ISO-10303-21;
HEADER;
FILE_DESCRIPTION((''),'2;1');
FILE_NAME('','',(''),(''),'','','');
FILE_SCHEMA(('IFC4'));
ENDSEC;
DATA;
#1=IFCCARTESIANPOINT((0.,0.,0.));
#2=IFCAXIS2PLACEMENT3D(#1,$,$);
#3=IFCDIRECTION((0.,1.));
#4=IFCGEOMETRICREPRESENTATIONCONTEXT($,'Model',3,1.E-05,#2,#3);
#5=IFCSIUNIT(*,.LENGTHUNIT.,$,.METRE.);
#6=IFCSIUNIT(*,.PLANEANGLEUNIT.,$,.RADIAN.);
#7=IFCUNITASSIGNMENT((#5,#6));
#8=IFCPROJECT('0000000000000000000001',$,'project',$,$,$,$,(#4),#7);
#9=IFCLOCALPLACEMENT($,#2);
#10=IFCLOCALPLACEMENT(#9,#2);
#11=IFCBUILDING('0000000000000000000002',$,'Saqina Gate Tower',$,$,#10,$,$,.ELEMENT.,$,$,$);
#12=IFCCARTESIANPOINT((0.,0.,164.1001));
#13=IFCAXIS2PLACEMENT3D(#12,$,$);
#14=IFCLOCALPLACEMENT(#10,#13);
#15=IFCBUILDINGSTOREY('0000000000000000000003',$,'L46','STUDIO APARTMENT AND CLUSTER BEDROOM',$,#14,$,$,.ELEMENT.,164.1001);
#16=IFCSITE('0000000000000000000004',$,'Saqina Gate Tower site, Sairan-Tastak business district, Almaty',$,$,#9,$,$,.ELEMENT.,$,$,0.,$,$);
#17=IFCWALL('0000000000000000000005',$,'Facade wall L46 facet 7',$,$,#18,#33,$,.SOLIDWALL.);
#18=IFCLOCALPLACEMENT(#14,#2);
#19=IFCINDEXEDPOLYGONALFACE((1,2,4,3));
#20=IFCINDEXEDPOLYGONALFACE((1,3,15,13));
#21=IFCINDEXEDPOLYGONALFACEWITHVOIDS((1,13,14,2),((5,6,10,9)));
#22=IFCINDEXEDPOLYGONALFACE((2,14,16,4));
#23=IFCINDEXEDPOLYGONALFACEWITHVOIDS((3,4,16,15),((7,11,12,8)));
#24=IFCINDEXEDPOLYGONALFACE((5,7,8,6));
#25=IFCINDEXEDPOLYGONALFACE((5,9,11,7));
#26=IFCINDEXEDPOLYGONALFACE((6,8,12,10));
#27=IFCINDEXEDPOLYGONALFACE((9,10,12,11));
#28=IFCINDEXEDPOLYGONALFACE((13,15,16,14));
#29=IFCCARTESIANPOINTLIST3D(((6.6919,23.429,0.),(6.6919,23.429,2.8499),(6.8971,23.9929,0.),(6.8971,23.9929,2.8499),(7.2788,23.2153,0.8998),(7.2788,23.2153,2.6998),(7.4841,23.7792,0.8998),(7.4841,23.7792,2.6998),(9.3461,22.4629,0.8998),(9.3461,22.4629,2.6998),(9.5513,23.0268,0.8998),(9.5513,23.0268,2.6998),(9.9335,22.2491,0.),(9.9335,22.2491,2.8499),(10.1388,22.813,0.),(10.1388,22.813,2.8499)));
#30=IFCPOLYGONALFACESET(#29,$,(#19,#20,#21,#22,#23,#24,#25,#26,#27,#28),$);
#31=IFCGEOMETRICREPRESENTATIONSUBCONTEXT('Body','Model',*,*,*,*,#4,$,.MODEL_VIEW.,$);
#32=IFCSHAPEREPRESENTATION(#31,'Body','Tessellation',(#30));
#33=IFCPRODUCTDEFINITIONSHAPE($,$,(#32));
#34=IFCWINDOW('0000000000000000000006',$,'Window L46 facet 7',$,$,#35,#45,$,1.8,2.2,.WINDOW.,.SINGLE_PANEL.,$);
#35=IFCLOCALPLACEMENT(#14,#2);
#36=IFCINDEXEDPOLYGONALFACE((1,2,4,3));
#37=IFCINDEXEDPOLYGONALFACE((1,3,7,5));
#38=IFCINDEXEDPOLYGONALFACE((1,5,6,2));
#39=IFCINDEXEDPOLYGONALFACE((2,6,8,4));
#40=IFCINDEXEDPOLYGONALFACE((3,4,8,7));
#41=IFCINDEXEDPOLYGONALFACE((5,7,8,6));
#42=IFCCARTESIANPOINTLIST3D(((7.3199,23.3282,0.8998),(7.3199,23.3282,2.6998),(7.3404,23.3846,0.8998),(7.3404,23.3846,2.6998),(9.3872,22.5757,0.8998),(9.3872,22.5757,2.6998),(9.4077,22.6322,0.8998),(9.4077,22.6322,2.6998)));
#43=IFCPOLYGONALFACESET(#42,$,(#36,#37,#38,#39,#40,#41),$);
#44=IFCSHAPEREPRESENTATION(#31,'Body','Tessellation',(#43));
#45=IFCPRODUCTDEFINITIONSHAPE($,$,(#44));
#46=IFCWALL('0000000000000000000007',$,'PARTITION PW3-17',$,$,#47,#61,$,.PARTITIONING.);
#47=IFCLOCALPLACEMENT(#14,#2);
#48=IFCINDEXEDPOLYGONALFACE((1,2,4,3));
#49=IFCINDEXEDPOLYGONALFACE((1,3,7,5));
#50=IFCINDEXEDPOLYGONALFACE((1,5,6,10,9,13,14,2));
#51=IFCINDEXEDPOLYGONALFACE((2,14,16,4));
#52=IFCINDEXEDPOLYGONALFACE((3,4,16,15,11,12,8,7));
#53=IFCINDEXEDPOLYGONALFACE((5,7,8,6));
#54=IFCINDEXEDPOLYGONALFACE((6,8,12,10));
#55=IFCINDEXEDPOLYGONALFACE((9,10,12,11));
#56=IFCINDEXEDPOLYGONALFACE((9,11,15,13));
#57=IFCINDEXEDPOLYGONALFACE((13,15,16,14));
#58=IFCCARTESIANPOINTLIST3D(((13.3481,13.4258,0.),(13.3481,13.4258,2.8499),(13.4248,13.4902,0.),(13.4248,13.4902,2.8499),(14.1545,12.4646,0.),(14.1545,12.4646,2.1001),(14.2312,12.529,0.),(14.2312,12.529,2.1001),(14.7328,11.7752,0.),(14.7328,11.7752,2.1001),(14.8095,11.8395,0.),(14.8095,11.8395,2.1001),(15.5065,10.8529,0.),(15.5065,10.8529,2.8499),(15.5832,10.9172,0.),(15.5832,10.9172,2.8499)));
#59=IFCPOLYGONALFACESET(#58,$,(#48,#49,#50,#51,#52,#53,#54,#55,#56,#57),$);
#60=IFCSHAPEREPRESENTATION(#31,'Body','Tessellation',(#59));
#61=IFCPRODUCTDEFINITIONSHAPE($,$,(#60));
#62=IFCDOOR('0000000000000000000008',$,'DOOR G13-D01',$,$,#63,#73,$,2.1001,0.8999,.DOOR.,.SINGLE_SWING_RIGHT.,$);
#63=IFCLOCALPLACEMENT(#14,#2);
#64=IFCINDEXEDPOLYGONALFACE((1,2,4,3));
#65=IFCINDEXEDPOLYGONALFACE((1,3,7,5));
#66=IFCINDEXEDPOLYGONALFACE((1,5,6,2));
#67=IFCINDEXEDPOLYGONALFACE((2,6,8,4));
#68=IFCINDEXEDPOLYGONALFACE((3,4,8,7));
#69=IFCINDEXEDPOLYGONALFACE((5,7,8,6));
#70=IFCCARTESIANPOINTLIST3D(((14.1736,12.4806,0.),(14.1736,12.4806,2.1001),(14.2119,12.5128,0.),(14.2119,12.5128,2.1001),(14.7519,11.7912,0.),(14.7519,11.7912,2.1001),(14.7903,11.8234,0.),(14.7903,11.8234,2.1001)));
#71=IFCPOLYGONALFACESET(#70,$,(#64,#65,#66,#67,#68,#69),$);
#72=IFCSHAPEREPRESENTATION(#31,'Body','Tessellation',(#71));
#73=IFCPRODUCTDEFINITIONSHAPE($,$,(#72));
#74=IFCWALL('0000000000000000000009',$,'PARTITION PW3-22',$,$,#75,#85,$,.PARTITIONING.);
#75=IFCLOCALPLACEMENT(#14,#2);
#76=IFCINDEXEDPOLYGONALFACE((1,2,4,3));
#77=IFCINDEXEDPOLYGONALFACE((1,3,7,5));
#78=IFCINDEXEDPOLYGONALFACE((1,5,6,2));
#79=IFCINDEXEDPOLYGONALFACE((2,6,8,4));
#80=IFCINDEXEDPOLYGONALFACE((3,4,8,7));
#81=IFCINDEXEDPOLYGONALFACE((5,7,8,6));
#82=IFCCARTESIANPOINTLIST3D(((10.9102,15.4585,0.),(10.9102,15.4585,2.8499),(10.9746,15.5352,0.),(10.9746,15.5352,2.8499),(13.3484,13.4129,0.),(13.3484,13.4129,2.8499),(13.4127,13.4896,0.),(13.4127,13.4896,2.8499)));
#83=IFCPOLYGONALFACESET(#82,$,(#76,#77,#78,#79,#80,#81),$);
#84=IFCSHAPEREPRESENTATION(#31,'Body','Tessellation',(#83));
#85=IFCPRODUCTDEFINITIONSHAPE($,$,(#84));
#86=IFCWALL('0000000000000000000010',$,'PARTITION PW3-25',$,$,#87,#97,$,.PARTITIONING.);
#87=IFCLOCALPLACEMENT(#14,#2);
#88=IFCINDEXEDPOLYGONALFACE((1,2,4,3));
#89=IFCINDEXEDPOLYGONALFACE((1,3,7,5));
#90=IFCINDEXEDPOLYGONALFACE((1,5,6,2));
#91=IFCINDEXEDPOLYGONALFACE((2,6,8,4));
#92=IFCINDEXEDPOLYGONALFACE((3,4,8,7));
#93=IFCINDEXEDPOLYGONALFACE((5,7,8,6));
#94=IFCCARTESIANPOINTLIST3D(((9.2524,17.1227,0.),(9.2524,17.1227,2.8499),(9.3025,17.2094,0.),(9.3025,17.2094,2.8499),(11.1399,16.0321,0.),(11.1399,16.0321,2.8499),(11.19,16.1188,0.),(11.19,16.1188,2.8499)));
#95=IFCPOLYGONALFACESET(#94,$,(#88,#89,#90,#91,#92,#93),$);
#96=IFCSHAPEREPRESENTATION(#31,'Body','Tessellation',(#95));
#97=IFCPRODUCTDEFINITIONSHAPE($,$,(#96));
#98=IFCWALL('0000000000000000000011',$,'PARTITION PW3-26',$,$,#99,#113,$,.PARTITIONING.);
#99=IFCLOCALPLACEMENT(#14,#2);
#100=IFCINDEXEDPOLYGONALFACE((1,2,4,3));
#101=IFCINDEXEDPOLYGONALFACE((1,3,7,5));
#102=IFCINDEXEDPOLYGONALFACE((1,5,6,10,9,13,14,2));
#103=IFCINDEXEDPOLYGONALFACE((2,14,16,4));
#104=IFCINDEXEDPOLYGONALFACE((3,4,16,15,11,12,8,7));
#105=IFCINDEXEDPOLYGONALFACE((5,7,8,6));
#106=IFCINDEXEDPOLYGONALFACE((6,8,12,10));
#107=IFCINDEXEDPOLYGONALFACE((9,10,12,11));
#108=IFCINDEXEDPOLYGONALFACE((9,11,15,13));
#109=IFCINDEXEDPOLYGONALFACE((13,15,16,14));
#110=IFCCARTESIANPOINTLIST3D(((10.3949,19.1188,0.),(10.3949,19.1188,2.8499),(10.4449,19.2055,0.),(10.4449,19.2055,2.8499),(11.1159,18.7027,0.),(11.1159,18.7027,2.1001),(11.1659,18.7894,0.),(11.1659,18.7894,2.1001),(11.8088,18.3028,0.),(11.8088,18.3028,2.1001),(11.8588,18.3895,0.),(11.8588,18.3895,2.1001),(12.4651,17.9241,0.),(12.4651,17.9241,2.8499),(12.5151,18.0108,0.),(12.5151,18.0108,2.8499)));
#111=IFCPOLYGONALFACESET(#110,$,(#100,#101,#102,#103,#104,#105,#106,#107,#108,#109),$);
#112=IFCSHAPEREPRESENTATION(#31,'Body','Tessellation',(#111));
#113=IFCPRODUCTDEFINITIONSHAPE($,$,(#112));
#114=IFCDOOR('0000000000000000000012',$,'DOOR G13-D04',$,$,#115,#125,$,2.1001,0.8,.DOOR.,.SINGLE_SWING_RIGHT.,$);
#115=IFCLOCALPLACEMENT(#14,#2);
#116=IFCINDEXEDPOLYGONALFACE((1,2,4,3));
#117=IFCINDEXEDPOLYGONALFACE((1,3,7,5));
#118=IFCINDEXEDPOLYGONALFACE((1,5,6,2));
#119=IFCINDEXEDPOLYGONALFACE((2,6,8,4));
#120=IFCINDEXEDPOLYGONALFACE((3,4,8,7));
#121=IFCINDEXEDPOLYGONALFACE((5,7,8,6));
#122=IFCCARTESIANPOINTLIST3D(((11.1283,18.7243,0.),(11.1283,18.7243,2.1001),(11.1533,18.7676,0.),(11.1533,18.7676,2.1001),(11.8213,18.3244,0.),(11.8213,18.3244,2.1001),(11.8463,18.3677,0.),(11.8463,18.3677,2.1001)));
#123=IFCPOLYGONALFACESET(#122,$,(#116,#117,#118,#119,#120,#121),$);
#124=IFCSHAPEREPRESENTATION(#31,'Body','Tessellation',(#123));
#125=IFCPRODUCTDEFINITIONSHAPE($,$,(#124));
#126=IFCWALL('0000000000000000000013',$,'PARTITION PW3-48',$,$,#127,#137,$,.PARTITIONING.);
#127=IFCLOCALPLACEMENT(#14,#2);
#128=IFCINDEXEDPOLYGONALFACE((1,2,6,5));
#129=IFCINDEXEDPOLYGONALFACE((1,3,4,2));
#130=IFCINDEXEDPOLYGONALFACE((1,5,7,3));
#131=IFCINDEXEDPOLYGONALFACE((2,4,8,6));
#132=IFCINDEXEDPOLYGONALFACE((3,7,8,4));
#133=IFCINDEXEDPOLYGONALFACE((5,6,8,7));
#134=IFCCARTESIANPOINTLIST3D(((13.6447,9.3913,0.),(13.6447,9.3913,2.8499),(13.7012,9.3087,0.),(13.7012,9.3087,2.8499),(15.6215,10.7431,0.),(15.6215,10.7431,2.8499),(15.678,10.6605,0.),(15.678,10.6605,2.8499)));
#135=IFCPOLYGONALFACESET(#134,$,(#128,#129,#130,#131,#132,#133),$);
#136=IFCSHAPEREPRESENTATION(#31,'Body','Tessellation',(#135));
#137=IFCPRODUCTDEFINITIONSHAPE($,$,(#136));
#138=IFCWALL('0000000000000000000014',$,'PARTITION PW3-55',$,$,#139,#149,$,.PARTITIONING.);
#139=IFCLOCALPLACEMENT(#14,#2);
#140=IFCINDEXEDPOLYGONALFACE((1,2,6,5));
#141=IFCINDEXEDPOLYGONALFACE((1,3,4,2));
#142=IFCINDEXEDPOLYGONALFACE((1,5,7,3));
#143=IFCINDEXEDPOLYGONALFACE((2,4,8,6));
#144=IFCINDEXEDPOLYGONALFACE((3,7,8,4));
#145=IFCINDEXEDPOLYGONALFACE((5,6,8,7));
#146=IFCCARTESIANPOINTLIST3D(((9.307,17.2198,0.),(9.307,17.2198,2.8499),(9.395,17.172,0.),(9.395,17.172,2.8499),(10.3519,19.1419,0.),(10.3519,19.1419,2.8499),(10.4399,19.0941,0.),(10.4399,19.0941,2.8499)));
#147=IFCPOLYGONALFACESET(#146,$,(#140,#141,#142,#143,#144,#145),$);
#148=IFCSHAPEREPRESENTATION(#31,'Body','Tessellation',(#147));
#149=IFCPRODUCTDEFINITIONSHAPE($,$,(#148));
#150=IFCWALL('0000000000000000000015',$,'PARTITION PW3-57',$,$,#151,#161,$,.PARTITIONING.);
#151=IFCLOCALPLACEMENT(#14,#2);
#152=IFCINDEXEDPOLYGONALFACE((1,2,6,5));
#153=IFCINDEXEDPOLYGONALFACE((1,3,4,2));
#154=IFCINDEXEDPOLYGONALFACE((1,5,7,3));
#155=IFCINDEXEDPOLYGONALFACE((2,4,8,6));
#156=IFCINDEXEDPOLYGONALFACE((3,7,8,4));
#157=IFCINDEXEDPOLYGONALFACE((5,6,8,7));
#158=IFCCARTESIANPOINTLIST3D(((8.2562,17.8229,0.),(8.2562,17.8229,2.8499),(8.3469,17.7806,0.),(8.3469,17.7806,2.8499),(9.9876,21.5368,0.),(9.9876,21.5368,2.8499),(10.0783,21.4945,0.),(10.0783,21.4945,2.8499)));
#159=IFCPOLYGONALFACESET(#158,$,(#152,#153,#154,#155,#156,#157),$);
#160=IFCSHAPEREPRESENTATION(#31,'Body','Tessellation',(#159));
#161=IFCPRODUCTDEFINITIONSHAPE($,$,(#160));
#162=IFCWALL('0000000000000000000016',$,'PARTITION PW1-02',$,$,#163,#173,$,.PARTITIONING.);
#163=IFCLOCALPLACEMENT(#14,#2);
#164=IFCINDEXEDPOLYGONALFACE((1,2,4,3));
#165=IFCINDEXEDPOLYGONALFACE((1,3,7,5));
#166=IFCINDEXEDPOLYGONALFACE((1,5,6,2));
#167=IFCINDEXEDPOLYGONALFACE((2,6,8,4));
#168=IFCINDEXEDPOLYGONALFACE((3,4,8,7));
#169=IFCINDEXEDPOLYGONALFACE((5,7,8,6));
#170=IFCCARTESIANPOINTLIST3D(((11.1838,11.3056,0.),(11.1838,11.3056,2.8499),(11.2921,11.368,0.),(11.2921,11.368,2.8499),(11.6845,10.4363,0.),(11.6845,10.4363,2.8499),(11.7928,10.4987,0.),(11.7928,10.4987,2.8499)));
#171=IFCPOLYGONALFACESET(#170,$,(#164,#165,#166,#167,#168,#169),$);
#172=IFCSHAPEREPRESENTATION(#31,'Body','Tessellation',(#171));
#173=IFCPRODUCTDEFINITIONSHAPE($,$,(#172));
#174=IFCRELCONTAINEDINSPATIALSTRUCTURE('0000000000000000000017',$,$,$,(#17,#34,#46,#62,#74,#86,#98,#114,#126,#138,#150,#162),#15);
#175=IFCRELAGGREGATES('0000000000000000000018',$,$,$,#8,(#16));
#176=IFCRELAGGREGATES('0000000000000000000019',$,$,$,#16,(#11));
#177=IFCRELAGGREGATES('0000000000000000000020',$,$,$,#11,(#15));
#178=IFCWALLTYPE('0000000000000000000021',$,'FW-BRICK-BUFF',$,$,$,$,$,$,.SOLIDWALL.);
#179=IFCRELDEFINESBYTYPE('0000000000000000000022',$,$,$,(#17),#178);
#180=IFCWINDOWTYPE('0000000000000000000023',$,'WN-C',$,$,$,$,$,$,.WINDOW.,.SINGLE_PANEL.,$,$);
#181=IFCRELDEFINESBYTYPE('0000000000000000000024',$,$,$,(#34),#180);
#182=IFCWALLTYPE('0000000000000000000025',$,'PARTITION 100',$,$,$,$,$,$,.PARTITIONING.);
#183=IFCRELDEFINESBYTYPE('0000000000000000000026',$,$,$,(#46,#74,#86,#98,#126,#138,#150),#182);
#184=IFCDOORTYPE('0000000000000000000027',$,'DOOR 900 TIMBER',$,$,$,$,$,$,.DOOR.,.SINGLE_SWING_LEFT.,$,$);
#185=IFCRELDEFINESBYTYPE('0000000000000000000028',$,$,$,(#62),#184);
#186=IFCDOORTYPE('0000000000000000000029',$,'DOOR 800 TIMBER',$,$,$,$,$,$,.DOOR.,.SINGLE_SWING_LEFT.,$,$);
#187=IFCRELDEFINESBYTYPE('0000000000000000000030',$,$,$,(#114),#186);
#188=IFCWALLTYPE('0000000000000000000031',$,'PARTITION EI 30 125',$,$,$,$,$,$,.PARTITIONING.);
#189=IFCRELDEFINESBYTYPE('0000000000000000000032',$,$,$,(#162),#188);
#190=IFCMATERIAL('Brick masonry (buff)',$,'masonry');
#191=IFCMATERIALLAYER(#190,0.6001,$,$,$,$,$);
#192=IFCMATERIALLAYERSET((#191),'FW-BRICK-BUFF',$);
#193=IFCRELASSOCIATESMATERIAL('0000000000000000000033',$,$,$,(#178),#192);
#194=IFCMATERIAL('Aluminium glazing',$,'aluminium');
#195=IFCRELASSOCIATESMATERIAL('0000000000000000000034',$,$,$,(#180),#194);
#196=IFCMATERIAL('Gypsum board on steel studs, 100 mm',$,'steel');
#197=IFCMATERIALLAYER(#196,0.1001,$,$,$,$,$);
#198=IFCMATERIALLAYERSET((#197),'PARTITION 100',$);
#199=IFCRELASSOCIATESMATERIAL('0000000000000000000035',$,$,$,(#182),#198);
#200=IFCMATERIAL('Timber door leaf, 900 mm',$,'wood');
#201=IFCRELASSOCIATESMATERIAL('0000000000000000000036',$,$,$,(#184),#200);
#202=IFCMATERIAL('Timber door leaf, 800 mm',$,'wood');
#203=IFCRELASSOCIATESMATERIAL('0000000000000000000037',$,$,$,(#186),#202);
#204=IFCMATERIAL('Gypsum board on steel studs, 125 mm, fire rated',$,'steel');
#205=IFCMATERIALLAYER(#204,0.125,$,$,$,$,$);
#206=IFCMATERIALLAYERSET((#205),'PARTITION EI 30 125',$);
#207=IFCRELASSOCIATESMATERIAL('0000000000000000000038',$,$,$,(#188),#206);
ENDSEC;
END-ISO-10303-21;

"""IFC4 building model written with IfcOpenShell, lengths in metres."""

from ifc_helpers import new_model, si_unit, direction, frame, frame_2d, origin, place, context, subcontext, project, spatial, rectangle, extrude, material, layer, layer_set, type_object, element, fill, save


model = new_model("IFC4")

# Units and contexts
model_context = context("Model", 3, precision=1e-05, world=origin(), true_north=direction((0.0, 1.0)))
body_context = subcontext(model_context, "Body", "Model", "MODEL_VIEW")
ifc_project = project(units=[si_unit("LENGTHUNIT", "METRE"), si_unit("PLANEANGLEUNIT", "RADIAN")], contexts=[model_context])

# Site, building, storey
site_placement = place(None, origin())
site = spatial("IfcSite", under=ifc_project, at=site_placement, Name="Saqina Gate Tower site, Sairan-Tastak business district, Almaty", CompositionType="ELEMENT", RefElevation=0.0)
building_placement = place(site_placement, origin())
building = spatial("IfcBuilding", under=site, at=building_placement, Name="Saqina Gate Tower", CompositionType="ELEMENT")
storey_placement = place(building_placement, frame((0.0, 0.0, 164.1001)))
storey = spatial("IfcBuildingStorey", under=building, at=storey_placement, Name="L46", Description="STUDIO APARTMENT AND CLUSTER BEDROOM", CompositionType="ELEMENT", Elevation=164.1001)

# Wall, opening, window
ifc_material_1 = material(Name="Brick masonry (buff)", Category="masonry")
ifc_layer_1 = layer(ifc_material_1, 0.6001)
ifc_layer_set_1 = layer_set([ifc_layer_1], Name="FW-BRICK-BUFF")
wall_type_1 = type_object("IfcWallType", Name="FW-BRICK-BUFF", PredefinedType="SOLIDWALL", material=ifc_layer_set_1)
ifc_material_2 = material(Name="Aluminium glazing", Category="aluminium")
window_type = type_object("IfcWindowType", Name="WN-C", PartitioningType="SINGLE_PANEL", PredefinedType="WINDOW", material=ifc_material_2)
wall_1_placement = place(storey_placement, frame((10.0361, 22.531, 0.0), z_axis=(0.0, 0.0, 1.0), x_axis=(-0.939688, 0.342033, 0.0)))
wall_1 = element("IfcWall", 1, at=wall_1_placement, inside=storey, type_object=wall_type_1, Name="Facade wall L46 facet 7", PredefinedType="SOLIDWALL", context=body_context, shape_type="SweptSolid", body=[
    extrude(rectangle(XDim=3.4497, YDim=0.6001, at=frame_2d((1.7249, 0.0))), origin(), (0.0, 0.0, 1.0), 2.8499),
])
opening_1_placement = place(wall_1_placement, frame((0.625, 0.0, 0.8999)))
opening_1 = element("IfcOpeningElement", 2, at=opening_1_placement, cuts=wall_1, PredefinedType="OPENING", context=body_context, shape_type="SweptSolid", body=[
    extrude(rectangle(XDim=2.2, YDim=1.8, at=frame_2d((1.1001, 0.8999))), frame((0.0, 0.312, 0.0), z_axis=(0.0, -1.0, 0.0), x_axis=(1.0, 0.0, 0.0)), (0.0, 0.0, 1.0), 0.624),
])
window_1_placement = place(opening_1_placement, origin())
window_1 = element("IfcWindow", 3, at=window_1_placement, inside=storey, type_object=window_type, Name="Window L46 facet 7", OverallHeight=1.8, OverallWidth=2.2, PartitioningType="SINGLE_PANEL", PredefinedType="WINDOW", context=body_context, shape_type="SweptSolid", body=[
    extrude(rectangle(XDim=2.2, YDim=1.8, at=frame_2d((1.1001, 0.8999))), frame((0.0, 0.1799, 0.0), z_axis=(0.0, -1.0, 0.0), x_axis=(1.0, 0.0, 0.0)), (0.0, 0.0, 1.0), 0.0601),
])
fill(opening_1, window_1)

# Wall, opening, door
ifc_material_3 = material(Name="Gypsum board on steel studs, 100 mm", Category="steel")
ifc_layer_2 = layer(ifc_material_3, 0.1001)
ifc_layer_set_2 = layer_set([ifc_layer_2], Name="PARTITION 100")
wall_type_2 = type_object("IfcWallType", Name="PARTITION 100", PredefinedType="PARTITIONING", material=ifc_layer_set_2)
wall_2_placement = place(storey_placement, frame((13.3865, 13.458, 0.0), z_axis=(0.0, 0.0, 1.0), x_axis=(0.642691, -0.766126, 0.0)))
wall_2 = element("IfcWall", 4, at=wall_2_placement, inside=storey, type_object=wall_type_2, Name="PARTITION PW3-17", PredefinedType="PARTITIONING", context=body_context, shape_type="SweptSolid", body=[
    extrude(rectangle(XDim=3.3584, YDim=0.1001, at=frame_2d((1.6792, 0.0))), origin(), (0.0, 0.0, 1.0), 2.8499),
])
opening_2_placement = place(wall_2_placement, frame((1.2546, 0.0, 0.0)))
opening_2 = element("IfcOpeningElement", 5, at=opening_2_placement, cuts=wall_2, PredefinedType="OPENING", context=body_context, shape_type="SweptSolid", body=[
    extrude(rectangle(XDim=0.8999, YDim=2.1001, at=frame_2d((0.45, 1.05))), frame((0.0, 0.062, 0.0), z_axis=(0.0, -1.0, 0.0), x_axis=(1.0, 0.0, 0.0)), (0.0, 0.0, 1.0), 0.124),
])
ifc_material_4 = material(Name="Timber door leaf, 900 mm", Category="wood")
door_type_1 = type_object("IfcDoorType", Name="DOOR 900 TIMBER", OperationType="SINGLE_SWING_LEFT", PredefinedType="DOOR", material=ifc_material_4)
door_1_placement = place(opening_2_placement, origin())
door_1 = element("IfcDoor", 6, at=door_1_placement, inside=storey, type_object=door_type_1, Name="DOOR G13-D01", OperationType="SINGLE_SWING_RIGHT", OverallHeight=2.1001, OverallWidth=0.8999, PredefinedType="DOOR", context=body_context, shape_type="SweptSolid", body=[
    extrude(rectangle(XDim=0.8999, YDim=2.1001, at=frame_2d((0.45, 1.05))), frame((0.0, 0.0249, 0.0), z_axis=(0.0, -1.0, 0.0), x_axis=(1.0, 0.0, 0.0)), (0.0, 0.0, 1.0), 0.05),
])
fill(opening_2, door_1)

# Walls
wall_3_placement = place(storey_placement, frame((10.9424, 15.4968, 0.0), z_axis=(0.0, 0.0, 1.0), x_axis=(0.766086, -0.642739, 0.0)))
element("IfcWall", 7, at=wall_3_placement, inside=storey, type_object=wall_type_2, Name="PARTITION PW3-22", PredefinedType="PARTITIONING", context=body_context, shape_type="SweptSolid", body=[
    extrude(rectangle(XDim=3.1826, YDim=0.1001, at=frame_2d((1.5913, 0.0))), origin(), (0.0, 0.0, 1.0), 2.8499),
])
wall_4_placement = place(storey_placement, frame((9.2776, 17.166, 0.0), z_axis=(0.0, 0.0, 1.0), x_axis=(0.865855, -0.500294, 0.0)))
element("IfcWall", 8, at=wall_4_placement, inside=storey, type_object=wall_type_2, Name="PARTITION PW3-25", PredefinedType="PARTITIONING", context=body_context, shape_type="SweptSolid", body=[
    extrude(rectangle(XDim=2.1799, YDim=0.1001, at=frame_2d((1.0898, 0.0))), origin(), (0.0, 0.0, 1.0), 2.8499),
])

# Wall, opening, door
wall_5_placement = place(storey_placement, frame((10.4199, 19.1621, 0.0), z_axis=(0.0, 0.0, 1.0), x_axis=(0.866129, -0.49982, 0.0)))
wall_5 = element("IfcWall", 9, at=wall_5_placement, inside=storey, type_object=wall_type_2, Name="PARTITION PW3-26", PredefinedType="PARTITIONING", context=body_context, shape_type="SweptSolid", body=[
    extrude(rectangle(XDim=2.3901, YDim=0.1001, at=frame_2d((1.1951, 0.0))), origin(), (0.0, 0.0, 1.0), 2.8499),
])
opening_3_placement = place(wall_5_placement, frame((0.8325, 0.0, 0.0)))
opening_3 = element("IfcOpeningElement", 10, at=opening_3_placement, cuts=wall_5, PredefinedType="OPENING", context=body_context, shape_type="SweptSolid", body=[
    extrude(rectangle(XDim=0.8, YDim=2.1001, at=frame_2d((0.3999, 1.05))), frame((0.0, 0.062, 0.0), z_axis=(0.0, -1.0, 0.0), x_axis=(1.0, 0.0, 0.0)), (0.0, 0.0, 1.0), 0.124),
])
ifc_material_5 = material(Name="Timber door leaf, 800 mm", Category="wood")
door_type_2 = type_object("IfcDoorType", Name="DOOR 800 TIMBER", OperationType="SINGLE_SWING_LEFT", PredefinedType="DOOR", material=ifc_material_5)
door_2_placement = place(opening_3_placement, origin())
door_2 = element("IfcDoor", 11, at=door_2_placement, inside=storey, type_object=door_type_2, Name="DOOR G13-D04", OperationType="SINGLE_SWING_RIGHT", OverallHeight=2.1001, OverallWidth=0.8, PredefinedType="DOOR", context=body_context, shape_type="SweptSolid", body=[
    extrude(rectangle(XDim=0.8, YDim=2.1001, at=frame_2d((0.3999, 1.05))), frame((0.0, 0.0249, 0.0), z_axis=(0.0, -1.0, 0.0), x_axis=(1.0, 0.0, 0.0)), (0.0, 0.0, 1.0), 0.05),
])
fill(opening_3, door_2)

# Walls
wall_6_placement = place(storey_placement, frame((13.6731, 9.3501, 0.0), z_axis=(0.0, 0.0, 1.0), x_axis=(0.825452, 0.564472, 0.0)))
element("IfcWall", 12, at=wall_6_placement, inside=storey, type_object=wall_type_2, Name="PARTITION PW3-48", PredefinedType="PARTITIONING", context=body_context, shape_type="SweptSolid", body=[
    extrude(rectangle(XDim=2.3948, YDim=0.1001, at=frame_2d((1.1973, 0.0))), origin(), (0.0, 0.0, 1.0), 2.8499),
])
wall_7_placement = place(storey_placement, frame((9.3511, 17.196, 0.0), z_axis=(0.0, 0.0, 1.0), x_axis=(0.477616, 0.878569, 0.0)))
element("IfcWall", 13, at=wall_7_placement, inside=storey, type_object=wall_type_2, Name="PARTITION PW3-55", PredefinedType="PARTITIONING", context=body_context, shape_type="SweptSolid", body=[
    extrude(rectangle(XDim=2.1877, YDim=0.1001, at=frame_2d((1.0938, 0.0))), origin(), (0.0, 0.0, 1.0), 2.8499),
])
wall_8_placement = place(storey_placement, frame((8.3015, 17.8018, 0.0), z_axis=(0.0, 0.0, 1.0), x_axis=(0.422546, 0.906341, 0.0)))
element("IfcWall", 14, at=wall_8_placement, inside=storey, type_object=wall_type_2, Name="PARTITION PW3-57", PredefinedType="PARTITIONING", context=body_context, shape_type="SweptSolid", body=[
    extrude(rectangle(XDim=4.0977, YDim=0.1001, at=frame_2d((2.0488, 0.0))), origin(), (0.0, 0.0, 1.0), 2.8499),
])
ifc_material_6 = material(Name="Gypsum board on steel studs, 125 mm, fire rated", Category="steel")
ifc_layer_3 = layer(ifc_material_6, 0.125)
ifc_layer_set_3 = layer_set([ifc_layer_3], Name="PARTITION EI 30 125")
wall_type_3 = type_object("IfcWallType", Name="PARTITION EI 30 125", PredefinedType="PARTITIONING", material=ifc_layer_set_3)
wall_9_placement = place(storey_placement, frame((11.238, 11.3367, 0.0), z_axis=(0.0, 0.0, 1.0), x_axis=(0.499097, -0.866546, 0.0)))
element("IfcWall", 15, at=wall_9_placement, inside=storey, type_object=wall_type_3, Name="PARTITION PW1-02", PredefinedType="PARTITIONING", context=body_context, shape_type="SweptSolid", body=[
    extrude(rectangle(XDim=1.0032, YDim=0.125, at=frame_2d((0.5015, 0.0))), origin(), (0.0, 0.0, 1.0), 2.8499),
])

save(model, "model.ifc")
